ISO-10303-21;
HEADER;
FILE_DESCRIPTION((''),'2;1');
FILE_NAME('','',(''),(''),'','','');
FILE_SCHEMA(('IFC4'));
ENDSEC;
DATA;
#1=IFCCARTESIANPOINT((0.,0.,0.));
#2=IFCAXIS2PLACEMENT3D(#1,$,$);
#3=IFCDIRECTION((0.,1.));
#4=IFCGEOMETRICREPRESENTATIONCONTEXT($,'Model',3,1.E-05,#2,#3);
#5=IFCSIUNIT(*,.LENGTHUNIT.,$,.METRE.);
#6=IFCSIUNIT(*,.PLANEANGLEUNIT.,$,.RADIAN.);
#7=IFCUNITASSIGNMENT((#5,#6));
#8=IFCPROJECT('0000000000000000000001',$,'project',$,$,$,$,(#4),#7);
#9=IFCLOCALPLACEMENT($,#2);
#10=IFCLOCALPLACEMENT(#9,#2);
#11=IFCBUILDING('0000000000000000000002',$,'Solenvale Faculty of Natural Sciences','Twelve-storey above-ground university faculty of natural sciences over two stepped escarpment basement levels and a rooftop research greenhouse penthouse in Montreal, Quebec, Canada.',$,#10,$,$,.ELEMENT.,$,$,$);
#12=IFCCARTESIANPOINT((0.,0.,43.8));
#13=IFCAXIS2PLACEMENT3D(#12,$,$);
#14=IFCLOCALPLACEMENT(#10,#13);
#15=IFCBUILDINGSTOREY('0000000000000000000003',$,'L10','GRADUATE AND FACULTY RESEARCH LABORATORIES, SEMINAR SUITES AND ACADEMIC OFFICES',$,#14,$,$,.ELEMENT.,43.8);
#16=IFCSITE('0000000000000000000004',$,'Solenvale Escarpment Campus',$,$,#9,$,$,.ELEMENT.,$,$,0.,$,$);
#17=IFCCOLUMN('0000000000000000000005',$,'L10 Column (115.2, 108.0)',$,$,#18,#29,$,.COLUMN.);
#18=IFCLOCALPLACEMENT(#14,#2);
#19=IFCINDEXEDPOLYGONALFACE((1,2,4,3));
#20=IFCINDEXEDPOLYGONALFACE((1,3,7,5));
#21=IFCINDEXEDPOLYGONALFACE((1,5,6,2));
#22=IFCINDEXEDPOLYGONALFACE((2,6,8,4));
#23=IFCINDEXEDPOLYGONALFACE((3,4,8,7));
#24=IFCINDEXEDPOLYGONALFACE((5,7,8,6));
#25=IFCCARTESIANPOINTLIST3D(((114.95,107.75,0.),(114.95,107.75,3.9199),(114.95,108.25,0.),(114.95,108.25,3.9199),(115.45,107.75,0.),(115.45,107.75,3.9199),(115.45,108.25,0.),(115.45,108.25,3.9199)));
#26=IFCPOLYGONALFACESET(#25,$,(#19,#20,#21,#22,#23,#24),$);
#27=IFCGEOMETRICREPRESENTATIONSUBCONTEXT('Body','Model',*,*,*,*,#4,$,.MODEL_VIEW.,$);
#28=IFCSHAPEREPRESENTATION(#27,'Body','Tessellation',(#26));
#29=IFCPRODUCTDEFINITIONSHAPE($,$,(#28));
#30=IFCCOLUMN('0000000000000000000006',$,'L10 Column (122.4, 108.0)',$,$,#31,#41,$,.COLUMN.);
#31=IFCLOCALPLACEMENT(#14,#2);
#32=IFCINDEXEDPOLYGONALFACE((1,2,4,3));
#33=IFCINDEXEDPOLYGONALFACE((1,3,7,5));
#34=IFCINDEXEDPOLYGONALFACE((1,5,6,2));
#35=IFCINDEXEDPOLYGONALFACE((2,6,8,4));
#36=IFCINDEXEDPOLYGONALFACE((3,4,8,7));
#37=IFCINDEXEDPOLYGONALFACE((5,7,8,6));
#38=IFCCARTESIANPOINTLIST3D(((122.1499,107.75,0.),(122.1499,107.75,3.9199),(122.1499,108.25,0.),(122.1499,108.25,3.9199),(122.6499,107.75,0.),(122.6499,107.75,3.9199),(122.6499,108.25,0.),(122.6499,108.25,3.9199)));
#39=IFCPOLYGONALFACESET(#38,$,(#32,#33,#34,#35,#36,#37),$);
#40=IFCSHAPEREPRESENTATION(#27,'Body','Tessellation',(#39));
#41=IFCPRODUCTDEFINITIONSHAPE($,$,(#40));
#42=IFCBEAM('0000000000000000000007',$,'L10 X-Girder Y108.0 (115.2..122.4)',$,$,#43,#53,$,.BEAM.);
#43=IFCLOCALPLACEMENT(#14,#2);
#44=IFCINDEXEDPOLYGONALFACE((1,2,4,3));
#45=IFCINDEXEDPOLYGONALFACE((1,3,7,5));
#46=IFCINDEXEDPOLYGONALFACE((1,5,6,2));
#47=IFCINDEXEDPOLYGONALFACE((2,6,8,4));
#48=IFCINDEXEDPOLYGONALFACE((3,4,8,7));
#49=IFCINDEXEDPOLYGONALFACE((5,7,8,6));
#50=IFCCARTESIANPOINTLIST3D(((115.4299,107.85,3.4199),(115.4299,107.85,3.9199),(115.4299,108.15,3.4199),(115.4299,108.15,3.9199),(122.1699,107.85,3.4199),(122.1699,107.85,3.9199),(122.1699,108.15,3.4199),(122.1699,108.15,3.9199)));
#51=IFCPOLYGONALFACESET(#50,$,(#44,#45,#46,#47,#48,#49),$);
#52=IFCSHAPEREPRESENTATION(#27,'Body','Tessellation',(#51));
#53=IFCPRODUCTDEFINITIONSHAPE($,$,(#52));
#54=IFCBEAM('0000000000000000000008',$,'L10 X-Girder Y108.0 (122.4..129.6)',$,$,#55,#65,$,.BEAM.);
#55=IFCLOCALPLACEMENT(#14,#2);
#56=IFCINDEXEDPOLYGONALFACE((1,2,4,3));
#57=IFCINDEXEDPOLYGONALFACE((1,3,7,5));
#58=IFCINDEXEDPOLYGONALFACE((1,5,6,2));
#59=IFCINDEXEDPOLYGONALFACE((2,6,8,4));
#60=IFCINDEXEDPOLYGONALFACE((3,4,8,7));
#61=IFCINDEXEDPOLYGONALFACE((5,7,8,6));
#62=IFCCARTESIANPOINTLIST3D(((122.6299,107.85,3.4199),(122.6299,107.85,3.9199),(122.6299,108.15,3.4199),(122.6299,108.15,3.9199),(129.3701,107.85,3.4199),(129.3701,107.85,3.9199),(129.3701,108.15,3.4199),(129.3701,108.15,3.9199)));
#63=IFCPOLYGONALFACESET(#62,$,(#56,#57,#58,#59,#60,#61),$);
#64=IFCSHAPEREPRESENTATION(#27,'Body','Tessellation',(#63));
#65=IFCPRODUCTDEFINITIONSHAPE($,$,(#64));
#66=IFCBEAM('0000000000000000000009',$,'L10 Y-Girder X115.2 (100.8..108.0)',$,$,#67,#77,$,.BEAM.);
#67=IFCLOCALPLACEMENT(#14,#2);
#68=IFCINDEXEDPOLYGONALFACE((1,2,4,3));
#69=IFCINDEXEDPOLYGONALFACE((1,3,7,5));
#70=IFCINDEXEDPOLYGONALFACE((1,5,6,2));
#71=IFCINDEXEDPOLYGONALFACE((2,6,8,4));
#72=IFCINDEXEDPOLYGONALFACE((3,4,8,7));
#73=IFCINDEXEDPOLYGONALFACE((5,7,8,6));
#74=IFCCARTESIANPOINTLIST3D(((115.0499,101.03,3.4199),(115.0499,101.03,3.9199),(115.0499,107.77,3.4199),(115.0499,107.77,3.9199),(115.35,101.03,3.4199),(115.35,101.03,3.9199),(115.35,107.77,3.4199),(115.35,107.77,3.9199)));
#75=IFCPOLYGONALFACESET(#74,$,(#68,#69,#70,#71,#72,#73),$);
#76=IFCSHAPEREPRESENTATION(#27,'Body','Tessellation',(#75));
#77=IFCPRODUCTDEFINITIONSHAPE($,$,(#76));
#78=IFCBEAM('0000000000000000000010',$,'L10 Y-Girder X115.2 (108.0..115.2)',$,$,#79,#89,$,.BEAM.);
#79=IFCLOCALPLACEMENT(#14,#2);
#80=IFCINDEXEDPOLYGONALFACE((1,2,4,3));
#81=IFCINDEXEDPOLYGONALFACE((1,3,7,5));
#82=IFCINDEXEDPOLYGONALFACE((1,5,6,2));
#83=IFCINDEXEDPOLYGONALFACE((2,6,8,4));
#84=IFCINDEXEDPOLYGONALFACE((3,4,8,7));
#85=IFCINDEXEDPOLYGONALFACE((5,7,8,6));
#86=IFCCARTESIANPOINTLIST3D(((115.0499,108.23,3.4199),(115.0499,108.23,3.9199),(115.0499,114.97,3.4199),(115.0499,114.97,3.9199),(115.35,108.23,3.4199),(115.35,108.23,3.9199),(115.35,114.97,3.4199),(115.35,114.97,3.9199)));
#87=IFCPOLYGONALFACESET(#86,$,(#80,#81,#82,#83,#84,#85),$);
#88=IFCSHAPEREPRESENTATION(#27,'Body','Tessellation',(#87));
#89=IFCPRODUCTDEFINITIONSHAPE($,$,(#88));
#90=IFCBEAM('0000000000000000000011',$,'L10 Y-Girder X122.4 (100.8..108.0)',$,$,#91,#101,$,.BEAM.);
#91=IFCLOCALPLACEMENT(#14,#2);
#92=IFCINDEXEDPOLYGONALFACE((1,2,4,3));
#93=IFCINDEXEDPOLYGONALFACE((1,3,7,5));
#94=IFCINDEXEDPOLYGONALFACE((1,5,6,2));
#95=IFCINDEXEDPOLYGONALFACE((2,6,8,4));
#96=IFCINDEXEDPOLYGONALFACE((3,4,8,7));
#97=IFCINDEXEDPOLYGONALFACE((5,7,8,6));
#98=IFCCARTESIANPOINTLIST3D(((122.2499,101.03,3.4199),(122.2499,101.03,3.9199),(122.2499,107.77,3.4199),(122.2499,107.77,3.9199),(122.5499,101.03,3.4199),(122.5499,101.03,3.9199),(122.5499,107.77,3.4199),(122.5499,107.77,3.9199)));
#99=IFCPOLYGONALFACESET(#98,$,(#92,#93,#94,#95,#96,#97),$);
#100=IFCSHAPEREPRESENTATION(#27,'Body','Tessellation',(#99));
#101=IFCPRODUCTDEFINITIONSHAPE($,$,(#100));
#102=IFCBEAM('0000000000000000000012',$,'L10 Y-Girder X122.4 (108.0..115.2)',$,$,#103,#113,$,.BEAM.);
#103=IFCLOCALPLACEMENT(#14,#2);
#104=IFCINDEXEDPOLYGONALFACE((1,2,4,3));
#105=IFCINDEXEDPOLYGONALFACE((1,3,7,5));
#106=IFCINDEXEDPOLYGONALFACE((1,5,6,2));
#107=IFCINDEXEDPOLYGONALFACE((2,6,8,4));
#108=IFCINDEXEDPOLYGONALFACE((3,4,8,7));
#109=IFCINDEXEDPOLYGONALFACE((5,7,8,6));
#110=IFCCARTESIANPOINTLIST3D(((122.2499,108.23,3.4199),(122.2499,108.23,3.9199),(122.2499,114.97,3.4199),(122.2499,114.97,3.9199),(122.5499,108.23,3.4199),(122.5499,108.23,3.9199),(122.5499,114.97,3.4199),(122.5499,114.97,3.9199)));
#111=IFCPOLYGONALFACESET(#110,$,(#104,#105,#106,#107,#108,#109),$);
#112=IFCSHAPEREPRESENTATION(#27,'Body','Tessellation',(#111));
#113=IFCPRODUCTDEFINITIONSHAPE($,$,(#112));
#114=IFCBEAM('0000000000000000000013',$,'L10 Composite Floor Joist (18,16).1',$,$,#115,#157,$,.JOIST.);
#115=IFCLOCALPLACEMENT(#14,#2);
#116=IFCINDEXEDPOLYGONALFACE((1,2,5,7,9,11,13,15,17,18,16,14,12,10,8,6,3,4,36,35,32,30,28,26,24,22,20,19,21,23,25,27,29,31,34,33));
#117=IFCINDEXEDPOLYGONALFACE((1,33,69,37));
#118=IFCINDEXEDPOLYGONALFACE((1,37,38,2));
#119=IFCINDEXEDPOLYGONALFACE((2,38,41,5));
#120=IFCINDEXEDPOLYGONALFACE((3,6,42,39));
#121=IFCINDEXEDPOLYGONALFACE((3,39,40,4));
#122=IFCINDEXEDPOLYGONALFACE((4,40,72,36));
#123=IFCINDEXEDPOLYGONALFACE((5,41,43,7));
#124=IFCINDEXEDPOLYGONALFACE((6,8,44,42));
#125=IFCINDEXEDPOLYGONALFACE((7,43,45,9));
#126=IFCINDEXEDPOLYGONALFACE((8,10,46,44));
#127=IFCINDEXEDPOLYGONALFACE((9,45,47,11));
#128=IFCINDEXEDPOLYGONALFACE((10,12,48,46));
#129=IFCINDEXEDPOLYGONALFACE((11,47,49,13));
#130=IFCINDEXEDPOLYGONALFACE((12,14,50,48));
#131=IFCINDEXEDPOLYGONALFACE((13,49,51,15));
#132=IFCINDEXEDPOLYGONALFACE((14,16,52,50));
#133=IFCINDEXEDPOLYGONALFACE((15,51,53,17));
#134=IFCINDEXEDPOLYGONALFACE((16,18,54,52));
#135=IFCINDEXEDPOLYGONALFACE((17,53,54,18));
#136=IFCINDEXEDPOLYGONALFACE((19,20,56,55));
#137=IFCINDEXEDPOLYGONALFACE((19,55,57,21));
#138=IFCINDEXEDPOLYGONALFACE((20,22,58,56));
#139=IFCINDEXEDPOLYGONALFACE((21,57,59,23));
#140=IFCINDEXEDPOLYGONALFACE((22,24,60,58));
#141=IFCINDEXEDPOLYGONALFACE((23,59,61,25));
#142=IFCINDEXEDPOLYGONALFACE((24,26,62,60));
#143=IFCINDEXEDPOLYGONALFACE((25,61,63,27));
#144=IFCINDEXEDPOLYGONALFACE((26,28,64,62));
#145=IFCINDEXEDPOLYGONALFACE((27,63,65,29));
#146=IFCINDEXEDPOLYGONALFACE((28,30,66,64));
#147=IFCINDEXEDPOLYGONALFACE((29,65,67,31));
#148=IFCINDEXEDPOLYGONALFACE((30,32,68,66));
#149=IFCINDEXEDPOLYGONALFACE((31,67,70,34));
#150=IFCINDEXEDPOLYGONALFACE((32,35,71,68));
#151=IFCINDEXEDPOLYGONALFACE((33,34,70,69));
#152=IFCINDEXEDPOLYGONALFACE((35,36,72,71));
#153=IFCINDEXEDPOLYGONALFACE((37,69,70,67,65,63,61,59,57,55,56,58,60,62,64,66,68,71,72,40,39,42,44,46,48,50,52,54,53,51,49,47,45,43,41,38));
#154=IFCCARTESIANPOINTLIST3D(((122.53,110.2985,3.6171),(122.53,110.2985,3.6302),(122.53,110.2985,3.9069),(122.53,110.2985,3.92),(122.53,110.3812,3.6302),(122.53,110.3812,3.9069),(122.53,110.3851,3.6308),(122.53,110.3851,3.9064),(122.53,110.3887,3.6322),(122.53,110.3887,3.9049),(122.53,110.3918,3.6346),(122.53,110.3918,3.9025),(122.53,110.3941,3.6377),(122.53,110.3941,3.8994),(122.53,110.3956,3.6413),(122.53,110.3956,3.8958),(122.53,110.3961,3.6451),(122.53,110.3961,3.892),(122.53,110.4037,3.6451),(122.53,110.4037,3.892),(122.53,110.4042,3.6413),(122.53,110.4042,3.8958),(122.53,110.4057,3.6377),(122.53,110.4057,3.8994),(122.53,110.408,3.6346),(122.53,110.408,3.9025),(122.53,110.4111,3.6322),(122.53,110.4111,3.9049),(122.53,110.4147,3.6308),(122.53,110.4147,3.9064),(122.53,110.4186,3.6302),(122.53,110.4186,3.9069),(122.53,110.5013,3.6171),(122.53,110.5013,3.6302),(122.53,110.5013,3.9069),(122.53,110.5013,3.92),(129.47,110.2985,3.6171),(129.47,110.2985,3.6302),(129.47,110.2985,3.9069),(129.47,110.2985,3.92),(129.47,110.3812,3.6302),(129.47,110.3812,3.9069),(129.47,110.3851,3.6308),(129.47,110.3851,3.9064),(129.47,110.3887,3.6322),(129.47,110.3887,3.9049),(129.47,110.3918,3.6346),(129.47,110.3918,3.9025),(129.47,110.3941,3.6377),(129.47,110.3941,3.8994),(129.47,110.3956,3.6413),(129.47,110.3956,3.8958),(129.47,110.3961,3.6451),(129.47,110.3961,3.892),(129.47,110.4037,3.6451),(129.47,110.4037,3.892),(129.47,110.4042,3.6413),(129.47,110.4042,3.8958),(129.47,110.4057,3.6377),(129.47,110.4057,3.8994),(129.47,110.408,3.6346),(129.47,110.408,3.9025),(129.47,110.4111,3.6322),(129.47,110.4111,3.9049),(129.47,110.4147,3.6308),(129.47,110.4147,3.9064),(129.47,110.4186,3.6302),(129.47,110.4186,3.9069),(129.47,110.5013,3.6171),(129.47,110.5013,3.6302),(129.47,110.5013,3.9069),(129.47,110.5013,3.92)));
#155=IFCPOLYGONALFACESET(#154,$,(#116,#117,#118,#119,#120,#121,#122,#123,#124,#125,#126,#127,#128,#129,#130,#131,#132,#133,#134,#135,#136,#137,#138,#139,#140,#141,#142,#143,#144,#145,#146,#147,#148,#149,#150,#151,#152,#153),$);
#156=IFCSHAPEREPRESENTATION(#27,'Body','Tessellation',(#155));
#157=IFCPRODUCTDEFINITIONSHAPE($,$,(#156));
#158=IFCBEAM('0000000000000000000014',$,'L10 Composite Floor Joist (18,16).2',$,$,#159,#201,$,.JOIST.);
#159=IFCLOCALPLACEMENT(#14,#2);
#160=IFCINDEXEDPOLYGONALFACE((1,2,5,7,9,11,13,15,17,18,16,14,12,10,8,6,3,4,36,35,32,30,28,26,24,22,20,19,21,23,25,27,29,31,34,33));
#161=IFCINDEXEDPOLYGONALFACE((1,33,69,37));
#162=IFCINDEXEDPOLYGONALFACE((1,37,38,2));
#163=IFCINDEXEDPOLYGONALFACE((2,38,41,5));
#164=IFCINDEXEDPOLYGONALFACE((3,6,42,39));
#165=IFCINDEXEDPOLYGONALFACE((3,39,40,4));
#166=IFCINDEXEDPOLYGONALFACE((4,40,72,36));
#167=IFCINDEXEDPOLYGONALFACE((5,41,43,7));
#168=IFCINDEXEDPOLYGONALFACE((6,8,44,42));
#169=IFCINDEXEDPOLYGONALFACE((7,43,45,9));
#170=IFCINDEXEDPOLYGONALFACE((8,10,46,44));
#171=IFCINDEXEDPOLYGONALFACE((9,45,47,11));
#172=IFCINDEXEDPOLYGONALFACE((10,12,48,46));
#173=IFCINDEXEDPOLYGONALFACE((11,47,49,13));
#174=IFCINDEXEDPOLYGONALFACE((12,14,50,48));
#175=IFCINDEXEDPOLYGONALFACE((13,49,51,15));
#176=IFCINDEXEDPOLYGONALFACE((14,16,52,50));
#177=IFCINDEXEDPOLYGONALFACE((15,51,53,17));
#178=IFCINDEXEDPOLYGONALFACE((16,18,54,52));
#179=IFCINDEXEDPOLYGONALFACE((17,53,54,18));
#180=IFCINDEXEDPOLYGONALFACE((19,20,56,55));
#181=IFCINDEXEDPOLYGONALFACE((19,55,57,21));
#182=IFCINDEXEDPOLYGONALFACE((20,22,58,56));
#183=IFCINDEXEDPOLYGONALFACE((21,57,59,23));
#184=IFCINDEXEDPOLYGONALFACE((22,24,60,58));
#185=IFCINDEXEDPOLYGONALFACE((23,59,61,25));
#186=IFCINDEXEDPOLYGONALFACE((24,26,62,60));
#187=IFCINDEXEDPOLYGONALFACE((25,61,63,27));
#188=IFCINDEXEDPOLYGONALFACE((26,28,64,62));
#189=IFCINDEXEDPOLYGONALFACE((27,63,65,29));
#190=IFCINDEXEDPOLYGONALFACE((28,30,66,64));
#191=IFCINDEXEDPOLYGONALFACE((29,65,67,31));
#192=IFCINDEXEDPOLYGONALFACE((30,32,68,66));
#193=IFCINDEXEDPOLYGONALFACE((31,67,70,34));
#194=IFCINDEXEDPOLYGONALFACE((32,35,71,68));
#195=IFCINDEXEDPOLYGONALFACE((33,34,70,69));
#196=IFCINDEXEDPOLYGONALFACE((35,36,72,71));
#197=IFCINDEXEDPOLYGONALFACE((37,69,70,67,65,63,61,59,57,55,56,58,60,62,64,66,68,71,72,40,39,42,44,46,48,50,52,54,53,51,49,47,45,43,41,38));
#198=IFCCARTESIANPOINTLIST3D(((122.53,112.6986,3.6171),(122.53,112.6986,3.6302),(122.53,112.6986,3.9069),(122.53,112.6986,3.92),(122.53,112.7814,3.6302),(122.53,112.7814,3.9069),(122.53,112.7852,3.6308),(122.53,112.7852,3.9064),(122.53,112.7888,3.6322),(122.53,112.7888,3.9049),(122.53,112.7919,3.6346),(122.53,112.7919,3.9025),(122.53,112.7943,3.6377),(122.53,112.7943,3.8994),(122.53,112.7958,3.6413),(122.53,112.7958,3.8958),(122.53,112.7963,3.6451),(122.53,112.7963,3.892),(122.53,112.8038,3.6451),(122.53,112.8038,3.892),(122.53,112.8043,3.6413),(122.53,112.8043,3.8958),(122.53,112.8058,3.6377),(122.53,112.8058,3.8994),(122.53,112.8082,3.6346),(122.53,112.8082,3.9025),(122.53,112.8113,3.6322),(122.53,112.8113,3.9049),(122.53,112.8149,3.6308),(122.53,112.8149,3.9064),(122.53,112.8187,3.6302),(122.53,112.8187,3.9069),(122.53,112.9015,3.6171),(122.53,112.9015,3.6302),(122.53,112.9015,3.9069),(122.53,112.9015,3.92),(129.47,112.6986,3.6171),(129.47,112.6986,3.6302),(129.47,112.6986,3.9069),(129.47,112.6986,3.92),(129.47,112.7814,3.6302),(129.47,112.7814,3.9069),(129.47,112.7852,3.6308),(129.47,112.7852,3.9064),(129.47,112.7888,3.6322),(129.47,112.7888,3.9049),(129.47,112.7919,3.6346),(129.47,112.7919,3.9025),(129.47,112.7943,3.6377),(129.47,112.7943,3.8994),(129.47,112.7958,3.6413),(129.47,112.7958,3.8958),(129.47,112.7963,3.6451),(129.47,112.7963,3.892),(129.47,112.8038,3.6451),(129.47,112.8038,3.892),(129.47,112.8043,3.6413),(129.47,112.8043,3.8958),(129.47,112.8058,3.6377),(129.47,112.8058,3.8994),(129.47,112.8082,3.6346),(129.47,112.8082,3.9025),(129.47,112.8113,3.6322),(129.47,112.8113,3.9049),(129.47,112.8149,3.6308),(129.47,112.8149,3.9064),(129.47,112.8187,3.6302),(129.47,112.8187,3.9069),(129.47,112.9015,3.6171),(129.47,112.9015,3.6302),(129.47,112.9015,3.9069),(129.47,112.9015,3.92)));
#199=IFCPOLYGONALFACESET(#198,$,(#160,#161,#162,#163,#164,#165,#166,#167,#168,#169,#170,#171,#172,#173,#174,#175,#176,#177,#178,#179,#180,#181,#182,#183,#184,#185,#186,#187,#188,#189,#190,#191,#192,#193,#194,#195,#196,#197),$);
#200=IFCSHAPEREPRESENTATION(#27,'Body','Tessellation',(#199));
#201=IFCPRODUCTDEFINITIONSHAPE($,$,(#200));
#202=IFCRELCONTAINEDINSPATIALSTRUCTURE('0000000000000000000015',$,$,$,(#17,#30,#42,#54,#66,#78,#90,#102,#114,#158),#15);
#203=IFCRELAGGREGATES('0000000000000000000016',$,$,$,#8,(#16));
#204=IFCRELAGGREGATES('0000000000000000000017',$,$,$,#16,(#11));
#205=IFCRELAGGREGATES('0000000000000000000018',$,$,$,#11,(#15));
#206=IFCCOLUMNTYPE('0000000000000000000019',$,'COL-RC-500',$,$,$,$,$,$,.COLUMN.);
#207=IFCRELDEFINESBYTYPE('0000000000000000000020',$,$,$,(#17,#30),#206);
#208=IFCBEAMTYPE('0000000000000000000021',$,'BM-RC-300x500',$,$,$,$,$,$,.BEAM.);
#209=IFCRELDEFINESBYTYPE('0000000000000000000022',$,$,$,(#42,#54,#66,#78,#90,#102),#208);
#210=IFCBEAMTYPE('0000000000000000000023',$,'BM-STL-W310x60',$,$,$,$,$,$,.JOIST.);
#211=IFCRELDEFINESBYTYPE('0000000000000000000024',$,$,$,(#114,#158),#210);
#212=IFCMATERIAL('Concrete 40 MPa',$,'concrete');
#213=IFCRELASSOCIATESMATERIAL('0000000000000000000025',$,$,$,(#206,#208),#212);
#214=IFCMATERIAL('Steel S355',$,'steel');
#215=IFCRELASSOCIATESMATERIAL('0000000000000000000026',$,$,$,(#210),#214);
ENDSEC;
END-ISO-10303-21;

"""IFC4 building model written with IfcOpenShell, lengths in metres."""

from ifc_helpers import new_model, si_unit, direction, frame, origin, origin_2d, place, context, subcontext, project, spatial, rectangle, i_section, extrude, material, material_profile, profile_set, type_object, element, save


model = new_model("IFC4")

# Units and contexts
model_context = context("Model", 3, precision=1e-05, world=origin(), true_north=direction((0.0, 1.0)))
body_context = subcontext(model_context, "Body", "Model", "MODEL_VIEW")
ifc_project = project(units=[si_unit("LENGTHUNIT", "METRE"), si_unit("PLANEANGLEUNIT", "RADIAN")], contexts=[model_context])

# Site, building, storey
site_placement = place(None, origin())
site = spatial("IfcSite", under=ifc_project, at=site_placement, Name="Solenvale Escarpment Campus", CompositionType="ELEMENT", RefElevation=0.0)
building_placement = place(site_placement, origin())
building = spatial("IfcBuilding", under=site, at=building_placement, Name="Solenvale Faculty of Natural Sciences", Description="Twelve-storey above-ground university faculty of natural sciences over two stepped escarpment basement levels and a rooftop research greenhouse penthouse in Montreal, Quebec, Canada.", CompositionType="ELEMENT")
storey_placement = place(building_placement, frame((0.0, 0.0, 43.8)))
storey = spatial("IfcBuildingStorey", under=building, at=storey_placement, Name="L10", Description="GRADUATE AND FACULTY RESEARCH LABORATORIES, SEMINAR SUITES AND ACADEMIC OFFICES", CompositionType="ELEMENT", Elevation=43.8)

# Columns
ifc_material_1 = material(Name="Concrete 40 MPa", Category="concrete")
ifc_material_profile_1 = material_profile(ifc_material_1, rectangle(XDim=0.5, YDim=0.5, at=origin_2d()), Name="RC-COL-500x500")
ifc_profile_set_1 = profile_set([ifc_material_profile_1], Name="Concrete 40 MPa")
column_type = type_object("IfcColumnType", Name="COL-RC-500", PredefinedType="COLUMN", material=ifc_profile_set_1)
for number, where, z_axis, x_axis, name in (
    (1, (115.2, 108.0, 0.0), (0.0, 0.0, 1.0), (1.0, 0.0, 0.0), "L10 Column (115.2, 108.0)"),
    (2, (122.3999, 108.0, 0.0), (0.0, 0.0, 1.0), (1.0, 0.0, 0.0), "L10 Column (122.4, 108.0)"),
):
    element("IfcColumn", number, at=place(storey_placement, frame(where, z_axis=z_axis, x_axis=x_axis)), inside=storey, type_object=column_type, Name=name, PredefinedType="COLUMN", context=body_context, shape_type="SweptSolid", body=[
        extrude(rectangle(XDim=0.5, YDim=0.5, at=origin_2d()), origin(), (0.0, 0.0, 1.0), 3.9199),
    ])

# Beams
ifc_material_profile_2 = material_profile(ifc_material_1, rectangle(XDim=0.3, YDim=0.5, at=origin_2d()), Name="RC-BM-300x500")
ifc_profile_set_2 = profile_set([ifc_material_profile_2], Name="Concrete 40 MPa")
beam_type_1 = type_object("IfcBeamType", Name="BM-RC-300x500", PredefinedType="BEAM", material=ifc_profile_set_2)
beam_1_placement = place(storey_placement, frame((115.4299, 108.0, 3.6699), z_axis=(1.0, 0.0, 0.0), x_axis=(0.0, 1.0, 0.0)))
element("IfcBeam", 3, at=beam_1_placement, inside=storey, type_object=beam_type_1, Name="L10 X-Girder Y108.0 (115.2..122.4)", PredefinedType="BEAM", context=body_context, shape_type="SweptSolid", body=[
    extrude(rectangle(XDim=0.3, YDim=0.5, at=origin_2d()), origin(), (0.0, 0.0, 1.0), 6.74),
])
beam_2_placement = place(storey_placement, frame((122.6299, 108.0, 3.6699), z_axis=(1.0, 0.0, 0.0), x_axis=(0.0, 1.0, 0.0)))
element("IfcBeam", 4, at=beam_2_placement, inside=storey, type_object=beam_type_1, Name="L10 X-Girder Y108.0 (122.4..129.6)", PredefinedType="BEAM", context=body_context, shape_type="SweptSolid", body=[
    extrude(rectangle(XDim=0.3, YDim=0.5, at=origin_2d()), origin(), (0.0, 0.0, 1.0), 6.7402),
])
for number, where, z_axis, x_axis, name in (
    (5, (115.2, 101.03, 3.6699), (0.0, 1.0, 0.0), (-1.0, 0.0, 0.0), "L10 Y-Girder X115.2 (100.8..108.0)"),
    (6, (115.2, 108.23, 3.6699), (0.0, 1.0, 0.0), (-1.0, 0.0, 0.0), "L10 Y-Girder X115.2 (108.0..115.2)"),
    (7, (122.3999, 101.03, 3.6699), (0.0, 1.0, 0.0), (-1.0, 0.0, 0.0), "L10 Y-Girder X122.4 (100.8..108.0)"),
    (8, (122.3999, 108.23, 3.6699), (0.0, 1.0, 0.0), (-1.0, 0.0, 0.0), "L10 Y-Girder X122.4 (108.0..115.2)"),
):
    element("IfcBeam", number, at=place(storey_placement, frame(where, z_axis=z_axis, x_axis=x_axis)), inside=storey, type_object=beam_type_1, Name=name, PredefinedType="BEAM", context=body_context, shape_type="SweptSolid", body=[
        extrude(rectangle(XDim=0.3, YDim=0.5, at=origin_2d()), origin(), (0.0, 0.0, 1.0), 6.74),
    ])
ifc_material_2 = material(Name="Steel S355", Category="steel")
ifc_material_profile_3 = material_profile(ifc_material_2, i_section(OverallWidth=0.2029, OverallDepth=0.303, WebThickness=0.0076, FlangeThickness=0.0132, FilletRadius=0.0149, at=origin_2d()), Name="W310x60")
ifc_profile_set_3 = profile_set([ifc_material_profile_3], Name="Steel S355")
beam_type_2 = type_object("IfcBeamType", Name="BM-STL-W310x60", PredefinedType="JOIST", material=ifc_profile_set_3)
for number, where, z_axis, x_axis, name in (
    (9, (122.53, 110.3999, 3.7686), (1.0, 0.0, 0.0), (0.0, 1.0, 0.0), "L10 Composite Floor Joist (18,16).1"),
    (10, (122.53, 112.8, 3.7686), (1.0, 0.0, 0.0), (0.0, 1.0, 0.0), "L10 Composite Floor Joist (18,16).2"),
):
    element("IfcBeam", number, at=place(storey_placement, frame(where, z_axis=z_axis, x_axis=x_axis)), inside=storey, type_object=beam_type_2, Name=name, PredefinedType="JOIST", context=body_context, shape_type="SweptSolid", body=[
        extrude(i_section(OverallWidth=0.2029, OverallDepth=0.303, WebThickness=0.0076, FlangeThickness=0.0132, FilletRadius=0.0149, at=origin_2d()), origin(), (0.0, 0.0, 1.0), 6.9399),
    ])

save(model, "model.ifc")
